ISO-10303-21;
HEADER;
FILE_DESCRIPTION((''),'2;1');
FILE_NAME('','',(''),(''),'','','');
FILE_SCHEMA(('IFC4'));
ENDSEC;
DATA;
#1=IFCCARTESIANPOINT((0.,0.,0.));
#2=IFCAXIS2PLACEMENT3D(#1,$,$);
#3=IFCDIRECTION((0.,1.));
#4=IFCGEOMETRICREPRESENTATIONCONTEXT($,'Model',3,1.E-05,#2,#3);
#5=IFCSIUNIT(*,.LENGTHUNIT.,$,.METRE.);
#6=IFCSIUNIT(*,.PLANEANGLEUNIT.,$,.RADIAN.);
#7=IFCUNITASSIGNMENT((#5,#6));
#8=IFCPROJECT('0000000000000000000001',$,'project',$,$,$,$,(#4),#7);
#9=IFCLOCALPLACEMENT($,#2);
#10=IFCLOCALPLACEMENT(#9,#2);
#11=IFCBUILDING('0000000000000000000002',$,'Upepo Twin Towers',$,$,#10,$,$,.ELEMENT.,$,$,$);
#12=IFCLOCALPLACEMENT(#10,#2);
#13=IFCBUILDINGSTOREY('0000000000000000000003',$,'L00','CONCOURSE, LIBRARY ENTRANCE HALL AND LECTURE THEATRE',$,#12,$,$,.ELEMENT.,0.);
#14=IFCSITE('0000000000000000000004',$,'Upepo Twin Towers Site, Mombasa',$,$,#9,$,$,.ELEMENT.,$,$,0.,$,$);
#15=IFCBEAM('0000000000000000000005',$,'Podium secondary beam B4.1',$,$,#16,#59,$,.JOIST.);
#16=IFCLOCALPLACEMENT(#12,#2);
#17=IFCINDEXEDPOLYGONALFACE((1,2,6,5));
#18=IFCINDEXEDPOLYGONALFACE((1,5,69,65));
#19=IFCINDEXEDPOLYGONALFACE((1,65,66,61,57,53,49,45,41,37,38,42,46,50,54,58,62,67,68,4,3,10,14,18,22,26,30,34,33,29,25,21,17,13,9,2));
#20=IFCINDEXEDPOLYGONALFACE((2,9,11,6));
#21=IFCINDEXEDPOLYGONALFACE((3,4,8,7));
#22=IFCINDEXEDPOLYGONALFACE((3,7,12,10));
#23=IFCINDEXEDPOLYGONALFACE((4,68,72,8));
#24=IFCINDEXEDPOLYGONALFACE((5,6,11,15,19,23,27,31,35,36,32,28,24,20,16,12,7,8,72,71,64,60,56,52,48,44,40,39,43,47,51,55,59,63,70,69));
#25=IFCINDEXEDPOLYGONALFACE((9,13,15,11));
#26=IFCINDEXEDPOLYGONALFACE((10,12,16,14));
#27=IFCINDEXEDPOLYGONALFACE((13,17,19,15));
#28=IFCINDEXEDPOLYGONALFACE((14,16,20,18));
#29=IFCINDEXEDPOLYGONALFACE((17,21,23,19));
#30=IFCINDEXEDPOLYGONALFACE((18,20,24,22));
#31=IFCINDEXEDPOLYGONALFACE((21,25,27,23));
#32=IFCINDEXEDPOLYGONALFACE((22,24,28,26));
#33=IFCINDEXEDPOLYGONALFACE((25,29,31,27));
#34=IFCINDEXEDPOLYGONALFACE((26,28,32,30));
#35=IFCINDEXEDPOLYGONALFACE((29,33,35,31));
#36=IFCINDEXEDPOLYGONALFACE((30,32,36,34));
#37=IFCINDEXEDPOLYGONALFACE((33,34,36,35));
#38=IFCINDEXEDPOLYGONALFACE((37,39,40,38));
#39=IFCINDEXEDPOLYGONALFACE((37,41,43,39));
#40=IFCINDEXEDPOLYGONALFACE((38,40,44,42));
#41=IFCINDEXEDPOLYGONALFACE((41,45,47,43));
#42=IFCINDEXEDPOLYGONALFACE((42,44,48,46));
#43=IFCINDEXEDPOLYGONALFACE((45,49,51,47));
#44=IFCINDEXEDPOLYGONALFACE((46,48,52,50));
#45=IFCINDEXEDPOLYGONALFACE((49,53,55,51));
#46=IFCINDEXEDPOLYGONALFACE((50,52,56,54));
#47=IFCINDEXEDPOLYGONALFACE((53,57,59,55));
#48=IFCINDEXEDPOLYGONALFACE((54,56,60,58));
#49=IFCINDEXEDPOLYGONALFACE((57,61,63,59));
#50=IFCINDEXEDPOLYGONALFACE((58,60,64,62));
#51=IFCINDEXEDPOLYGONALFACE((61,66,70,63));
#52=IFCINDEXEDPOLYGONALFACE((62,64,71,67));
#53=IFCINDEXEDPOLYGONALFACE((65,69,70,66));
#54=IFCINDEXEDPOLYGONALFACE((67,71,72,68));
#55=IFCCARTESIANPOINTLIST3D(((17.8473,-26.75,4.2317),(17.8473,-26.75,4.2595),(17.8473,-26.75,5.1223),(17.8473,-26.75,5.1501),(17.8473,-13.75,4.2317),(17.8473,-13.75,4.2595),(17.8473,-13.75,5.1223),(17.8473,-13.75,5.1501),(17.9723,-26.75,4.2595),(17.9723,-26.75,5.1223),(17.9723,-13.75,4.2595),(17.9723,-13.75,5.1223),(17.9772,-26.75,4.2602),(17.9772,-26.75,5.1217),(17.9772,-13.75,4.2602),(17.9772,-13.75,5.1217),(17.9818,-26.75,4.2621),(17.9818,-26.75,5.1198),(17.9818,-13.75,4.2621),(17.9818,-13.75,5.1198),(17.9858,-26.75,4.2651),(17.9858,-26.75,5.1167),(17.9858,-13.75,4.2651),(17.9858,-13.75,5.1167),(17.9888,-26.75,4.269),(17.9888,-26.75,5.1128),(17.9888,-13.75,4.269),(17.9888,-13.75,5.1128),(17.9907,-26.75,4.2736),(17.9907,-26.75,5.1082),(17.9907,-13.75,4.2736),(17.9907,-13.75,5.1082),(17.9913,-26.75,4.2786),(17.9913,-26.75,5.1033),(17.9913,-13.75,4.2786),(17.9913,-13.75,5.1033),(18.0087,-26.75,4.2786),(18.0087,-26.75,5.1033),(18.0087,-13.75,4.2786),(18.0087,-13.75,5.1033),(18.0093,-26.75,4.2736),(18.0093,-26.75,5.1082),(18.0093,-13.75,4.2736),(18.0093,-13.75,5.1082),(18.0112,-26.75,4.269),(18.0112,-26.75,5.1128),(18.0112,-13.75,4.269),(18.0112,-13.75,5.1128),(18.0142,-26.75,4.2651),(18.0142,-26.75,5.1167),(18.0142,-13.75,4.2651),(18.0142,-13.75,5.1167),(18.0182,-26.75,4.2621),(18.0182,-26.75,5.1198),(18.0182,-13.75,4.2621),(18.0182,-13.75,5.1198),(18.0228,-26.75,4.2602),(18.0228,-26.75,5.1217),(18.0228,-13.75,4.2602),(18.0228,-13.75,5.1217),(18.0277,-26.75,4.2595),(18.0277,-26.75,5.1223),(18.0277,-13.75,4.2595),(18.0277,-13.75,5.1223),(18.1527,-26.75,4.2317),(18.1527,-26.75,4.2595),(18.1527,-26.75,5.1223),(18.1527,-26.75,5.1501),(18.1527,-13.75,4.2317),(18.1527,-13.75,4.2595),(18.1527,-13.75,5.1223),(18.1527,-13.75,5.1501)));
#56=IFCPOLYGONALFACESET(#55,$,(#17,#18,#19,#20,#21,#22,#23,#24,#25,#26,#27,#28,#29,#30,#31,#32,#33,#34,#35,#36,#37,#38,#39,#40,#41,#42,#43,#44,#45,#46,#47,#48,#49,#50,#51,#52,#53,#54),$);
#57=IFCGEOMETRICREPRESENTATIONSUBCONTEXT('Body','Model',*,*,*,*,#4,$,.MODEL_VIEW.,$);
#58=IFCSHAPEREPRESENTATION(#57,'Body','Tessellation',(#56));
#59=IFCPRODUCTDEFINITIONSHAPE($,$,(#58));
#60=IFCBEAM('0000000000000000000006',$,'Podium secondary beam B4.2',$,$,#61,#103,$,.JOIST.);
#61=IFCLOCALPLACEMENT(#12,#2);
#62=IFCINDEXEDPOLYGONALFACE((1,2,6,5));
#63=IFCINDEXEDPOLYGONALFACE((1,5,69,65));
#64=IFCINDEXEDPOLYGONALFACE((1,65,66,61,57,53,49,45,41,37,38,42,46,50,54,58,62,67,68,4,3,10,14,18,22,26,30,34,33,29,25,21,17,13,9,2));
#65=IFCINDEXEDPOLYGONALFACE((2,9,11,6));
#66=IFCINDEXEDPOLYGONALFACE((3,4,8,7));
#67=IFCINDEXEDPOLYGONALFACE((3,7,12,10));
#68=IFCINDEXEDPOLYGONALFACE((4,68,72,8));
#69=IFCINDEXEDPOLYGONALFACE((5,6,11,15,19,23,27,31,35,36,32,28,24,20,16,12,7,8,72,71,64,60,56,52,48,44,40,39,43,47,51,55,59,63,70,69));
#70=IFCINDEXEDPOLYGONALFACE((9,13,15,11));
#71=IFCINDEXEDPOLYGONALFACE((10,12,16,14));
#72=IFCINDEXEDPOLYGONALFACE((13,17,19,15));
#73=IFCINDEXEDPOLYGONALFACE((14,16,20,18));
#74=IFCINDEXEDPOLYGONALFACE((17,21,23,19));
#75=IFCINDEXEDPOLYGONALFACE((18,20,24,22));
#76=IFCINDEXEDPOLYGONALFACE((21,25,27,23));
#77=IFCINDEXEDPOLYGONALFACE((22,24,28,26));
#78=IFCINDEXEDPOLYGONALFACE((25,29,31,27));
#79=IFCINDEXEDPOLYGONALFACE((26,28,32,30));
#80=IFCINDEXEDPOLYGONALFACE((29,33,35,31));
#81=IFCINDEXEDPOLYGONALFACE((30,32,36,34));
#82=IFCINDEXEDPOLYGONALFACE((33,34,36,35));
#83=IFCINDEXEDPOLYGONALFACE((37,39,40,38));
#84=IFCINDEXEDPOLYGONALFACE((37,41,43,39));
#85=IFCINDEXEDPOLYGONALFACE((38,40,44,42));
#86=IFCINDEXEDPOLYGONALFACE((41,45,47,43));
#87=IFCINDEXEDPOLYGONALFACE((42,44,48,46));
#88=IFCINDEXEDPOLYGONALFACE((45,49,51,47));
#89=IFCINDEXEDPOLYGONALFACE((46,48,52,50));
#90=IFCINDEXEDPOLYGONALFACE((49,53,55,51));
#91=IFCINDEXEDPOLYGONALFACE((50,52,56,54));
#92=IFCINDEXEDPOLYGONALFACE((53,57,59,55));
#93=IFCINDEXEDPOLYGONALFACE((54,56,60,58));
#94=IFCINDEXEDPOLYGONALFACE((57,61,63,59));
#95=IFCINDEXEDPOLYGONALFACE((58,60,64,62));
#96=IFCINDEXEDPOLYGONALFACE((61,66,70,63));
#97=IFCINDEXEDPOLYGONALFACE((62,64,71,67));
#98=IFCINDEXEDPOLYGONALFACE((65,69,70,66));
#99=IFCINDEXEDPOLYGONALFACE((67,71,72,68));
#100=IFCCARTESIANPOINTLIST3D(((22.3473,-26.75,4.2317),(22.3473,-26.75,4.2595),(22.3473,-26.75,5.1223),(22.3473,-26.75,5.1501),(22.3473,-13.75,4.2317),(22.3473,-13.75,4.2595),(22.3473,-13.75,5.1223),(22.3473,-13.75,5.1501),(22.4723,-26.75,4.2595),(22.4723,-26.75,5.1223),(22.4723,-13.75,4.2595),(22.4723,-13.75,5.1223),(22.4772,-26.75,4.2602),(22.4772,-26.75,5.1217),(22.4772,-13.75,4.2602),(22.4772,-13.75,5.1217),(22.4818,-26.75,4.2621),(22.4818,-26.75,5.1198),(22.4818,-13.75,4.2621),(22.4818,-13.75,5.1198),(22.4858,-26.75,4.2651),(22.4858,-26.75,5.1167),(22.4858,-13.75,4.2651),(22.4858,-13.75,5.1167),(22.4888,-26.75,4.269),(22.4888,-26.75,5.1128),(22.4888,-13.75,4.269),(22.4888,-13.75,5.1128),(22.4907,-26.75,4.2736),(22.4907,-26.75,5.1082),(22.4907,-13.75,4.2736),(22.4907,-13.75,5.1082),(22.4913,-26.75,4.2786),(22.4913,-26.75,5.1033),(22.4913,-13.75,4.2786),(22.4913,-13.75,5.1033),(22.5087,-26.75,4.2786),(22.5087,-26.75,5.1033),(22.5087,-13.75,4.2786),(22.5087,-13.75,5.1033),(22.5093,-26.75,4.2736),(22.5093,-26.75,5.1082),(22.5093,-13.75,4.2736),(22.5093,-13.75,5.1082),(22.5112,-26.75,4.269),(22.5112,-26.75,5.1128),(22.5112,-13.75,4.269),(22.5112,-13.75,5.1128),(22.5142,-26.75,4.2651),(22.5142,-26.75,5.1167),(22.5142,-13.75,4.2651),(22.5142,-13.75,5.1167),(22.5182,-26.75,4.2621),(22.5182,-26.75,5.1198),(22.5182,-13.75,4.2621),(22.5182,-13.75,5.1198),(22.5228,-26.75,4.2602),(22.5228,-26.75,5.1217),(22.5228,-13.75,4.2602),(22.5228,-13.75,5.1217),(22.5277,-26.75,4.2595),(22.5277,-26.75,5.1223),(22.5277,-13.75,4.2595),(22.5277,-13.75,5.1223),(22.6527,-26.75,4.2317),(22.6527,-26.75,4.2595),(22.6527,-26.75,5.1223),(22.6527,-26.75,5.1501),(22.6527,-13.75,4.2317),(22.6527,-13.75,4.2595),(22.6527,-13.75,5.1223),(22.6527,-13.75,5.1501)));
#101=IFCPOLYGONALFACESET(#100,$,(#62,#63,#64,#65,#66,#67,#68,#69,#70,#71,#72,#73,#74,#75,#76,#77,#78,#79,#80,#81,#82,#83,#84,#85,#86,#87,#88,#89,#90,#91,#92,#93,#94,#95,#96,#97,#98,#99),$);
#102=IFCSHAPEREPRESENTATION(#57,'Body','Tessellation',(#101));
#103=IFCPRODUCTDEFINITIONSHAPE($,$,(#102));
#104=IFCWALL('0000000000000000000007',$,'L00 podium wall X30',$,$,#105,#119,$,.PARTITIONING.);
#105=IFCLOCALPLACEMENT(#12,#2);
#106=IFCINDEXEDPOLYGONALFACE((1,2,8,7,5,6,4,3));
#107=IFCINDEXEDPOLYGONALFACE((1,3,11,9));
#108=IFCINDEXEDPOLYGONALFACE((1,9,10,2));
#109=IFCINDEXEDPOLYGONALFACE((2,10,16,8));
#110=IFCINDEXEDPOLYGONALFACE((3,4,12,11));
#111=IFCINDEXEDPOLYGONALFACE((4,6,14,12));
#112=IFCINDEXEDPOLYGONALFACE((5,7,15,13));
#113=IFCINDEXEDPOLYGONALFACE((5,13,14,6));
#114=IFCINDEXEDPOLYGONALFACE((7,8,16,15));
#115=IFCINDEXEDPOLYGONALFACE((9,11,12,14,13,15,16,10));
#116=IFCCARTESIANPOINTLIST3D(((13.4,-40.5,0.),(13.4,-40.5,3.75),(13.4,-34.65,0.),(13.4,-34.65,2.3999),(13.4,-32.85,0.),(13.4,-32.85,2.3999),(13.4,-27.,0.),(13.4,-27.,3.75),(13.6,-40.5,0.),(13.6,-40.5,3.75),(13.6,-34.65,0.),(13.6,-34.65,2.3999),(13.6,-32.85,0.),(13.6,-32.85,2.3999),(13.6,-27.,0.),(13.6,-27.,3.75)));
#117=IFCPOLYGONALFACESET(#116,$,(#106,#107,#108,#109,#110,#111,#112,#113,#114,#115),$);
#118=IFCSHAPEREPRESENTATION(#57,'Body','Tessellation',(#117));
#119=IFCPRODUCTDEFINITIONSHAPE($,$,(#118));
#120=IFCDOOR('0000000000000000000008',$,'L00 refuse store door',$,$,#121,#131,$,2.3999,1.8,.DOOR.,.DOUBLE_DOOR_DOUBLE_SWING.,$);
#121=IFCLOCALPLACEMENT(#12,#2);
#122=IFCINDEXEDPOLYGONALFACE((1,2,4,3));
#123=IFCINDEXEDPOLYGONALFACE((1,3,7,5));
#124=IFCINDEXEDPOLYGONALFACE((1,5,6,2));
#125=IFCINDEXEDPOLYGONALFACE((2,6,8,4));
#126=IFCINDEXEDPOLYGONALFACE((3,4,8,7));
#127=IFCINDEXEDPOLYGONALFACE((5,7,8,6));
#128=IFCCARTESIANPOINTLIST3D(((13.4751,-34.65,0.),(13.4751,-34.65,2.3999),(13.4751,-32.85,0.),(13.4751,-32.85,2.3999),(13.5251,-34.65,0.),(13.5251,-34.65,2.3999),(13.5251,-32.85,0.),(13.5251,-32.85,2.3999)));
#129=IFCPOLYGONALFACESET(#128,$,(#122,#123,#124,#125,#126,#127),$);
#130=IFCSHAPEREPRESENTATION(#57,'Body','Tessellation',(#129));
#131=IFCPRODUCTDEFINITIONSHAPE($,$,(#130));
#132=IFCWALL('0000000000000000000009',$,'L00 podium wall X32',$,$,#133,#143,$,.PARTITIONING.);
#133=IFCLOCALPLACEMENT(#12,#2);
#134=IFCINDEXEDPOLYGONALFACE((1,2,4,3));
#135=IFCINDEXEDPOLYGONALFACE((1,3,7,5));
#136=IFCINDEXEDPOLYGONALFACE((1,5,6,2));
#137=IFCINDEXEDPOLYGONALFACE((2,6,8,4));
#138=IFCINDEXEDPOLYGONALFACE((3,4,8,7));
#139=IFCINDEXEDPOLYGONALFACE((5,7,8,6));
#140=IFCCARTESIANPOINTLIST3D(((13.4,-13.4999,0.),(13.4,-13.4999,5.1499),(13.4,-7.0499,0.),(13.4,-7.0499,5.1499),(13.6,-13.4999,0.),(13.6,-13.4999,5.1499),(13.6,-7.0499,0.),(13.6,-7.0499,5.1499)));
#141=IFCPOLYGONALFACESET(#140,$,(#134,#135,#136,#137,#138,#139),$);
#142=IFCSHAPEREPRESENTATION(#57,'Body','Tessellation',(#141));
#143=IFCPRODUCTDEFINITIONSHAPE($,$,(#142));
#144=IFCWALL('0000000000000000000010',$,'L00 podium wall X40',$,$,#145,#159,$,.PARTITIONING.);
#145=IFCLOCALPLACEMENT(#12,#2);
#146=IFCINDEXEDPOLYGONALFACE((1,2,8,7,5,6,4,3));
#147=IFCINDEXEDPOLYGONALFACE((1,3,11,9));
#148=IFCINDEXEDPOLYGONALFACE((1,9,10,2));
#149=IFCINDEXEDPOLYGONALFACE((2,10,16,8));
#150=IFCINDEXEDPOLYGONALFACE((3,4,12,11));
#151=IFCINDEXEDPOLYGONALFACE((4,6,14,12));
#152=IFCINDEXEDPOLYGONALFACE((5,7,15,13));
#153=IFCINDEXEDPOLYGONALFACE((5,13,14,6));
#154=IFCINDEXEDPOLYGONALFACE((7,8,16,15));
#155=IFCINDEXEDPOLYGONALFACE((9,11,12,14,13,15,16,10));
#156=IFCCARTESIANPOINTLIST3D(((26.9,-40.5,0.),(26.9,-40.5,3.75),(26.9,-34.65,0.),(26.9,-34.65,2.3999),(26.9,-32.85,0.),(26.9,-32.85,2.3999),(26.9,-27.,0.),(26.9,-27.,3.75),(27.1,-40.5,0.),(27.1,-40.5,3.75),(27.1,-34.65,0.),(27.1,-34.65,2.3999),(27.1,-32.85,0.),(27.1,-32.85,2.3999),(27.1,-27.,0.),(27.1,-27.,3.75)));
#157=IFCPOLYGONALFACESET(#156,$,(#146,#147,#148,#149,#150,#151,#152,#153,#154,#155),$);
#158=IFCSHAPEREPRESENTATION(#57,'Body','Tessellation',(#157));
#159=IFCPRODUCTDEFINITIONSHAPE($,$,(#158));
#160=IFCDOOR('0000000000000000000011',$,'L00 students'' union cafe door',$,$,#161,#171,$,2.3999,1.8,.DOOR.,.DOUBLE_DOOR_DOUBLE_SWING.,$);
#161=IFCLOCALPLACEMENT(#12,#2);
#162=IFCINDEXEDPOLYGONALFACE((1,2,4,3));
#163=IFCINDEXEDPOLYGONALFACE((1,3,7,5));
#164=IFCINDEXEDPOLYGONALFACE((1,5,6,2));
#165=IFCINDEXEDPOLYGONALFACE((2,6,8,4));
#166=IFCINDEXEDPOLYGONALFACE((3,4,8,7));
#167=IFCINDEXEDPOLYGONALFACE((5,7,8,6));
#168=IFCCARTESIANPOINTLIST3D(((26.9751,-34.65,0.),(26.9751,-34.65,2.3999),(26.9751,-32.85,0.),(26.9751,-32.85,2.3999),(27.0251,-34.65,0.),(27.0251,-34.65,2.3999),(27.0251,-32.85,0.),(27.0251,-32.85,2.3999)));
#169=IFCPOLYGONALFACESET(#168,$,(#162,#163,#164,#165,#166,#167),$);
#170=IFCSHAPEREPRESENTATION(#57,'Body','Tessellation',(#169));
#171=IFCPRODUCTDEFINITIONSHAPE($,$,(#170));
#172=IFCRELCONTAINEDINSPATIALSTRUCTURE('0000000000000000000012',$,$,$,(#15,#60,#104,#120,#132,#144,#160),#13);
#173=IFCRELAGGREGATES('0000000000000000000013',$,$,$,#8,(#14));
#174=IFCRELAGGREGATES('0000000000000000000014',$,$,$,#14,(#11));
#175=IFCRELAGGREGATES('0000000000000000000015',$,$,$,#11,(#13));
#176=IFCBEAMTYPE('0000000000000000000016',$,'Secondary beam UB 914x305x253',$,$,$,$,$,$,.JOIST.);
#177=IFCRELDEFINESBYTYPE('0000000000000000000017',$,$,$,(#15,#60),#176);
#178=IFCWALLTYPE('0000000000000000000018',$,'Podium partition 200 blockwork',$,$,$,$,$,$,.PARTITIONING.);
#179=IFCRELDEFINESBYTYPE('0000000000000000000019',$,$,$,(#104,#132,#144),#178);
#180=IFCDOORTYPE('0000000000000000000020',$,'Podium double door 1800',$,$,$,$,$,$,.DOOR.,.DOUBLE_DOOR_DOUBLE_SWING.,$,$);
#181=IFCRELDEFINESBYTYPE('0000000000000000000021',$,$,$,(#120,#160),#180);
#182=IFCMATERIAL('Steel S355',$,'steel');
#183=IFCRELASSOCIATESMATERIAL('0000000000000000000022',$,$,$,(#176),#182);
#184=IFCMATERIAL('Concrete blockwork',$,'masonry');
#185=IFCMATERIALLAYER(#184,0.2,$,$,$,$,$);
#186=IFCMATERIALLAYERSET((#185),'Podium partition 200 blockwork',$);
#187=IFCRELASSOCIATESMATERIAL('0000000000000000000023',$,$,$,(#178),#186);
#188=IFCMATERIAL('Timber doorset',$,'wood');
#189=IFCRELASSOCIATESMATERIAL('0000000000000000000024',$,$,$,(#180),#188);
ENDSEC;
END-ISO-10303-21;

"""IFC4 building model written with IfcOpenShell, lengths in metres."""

from ifc_helpers import new_model, si_unit, direction, frame, frame_2d, origin, origin_2d, place, context, subcontext, project, spatial, rectangle, i_section, extrude, material, layer, layer_set, material_profile, profile_set, type_object, element, fill, save


model = new_model("IFC4")

# Units and contexts
model_context = context("Model", 3, precision=1e-05, world=origin(), true_north=direction((0.0, 1.0)))
body_context = subcontext(model_context, "Body", "Model", "MODEL_VIEW")
ifc_project = project(units=[si_unit("LENGTHUNIT", "METRE"), si_unit("PLANEANGLEUNIT", "RADIAN")], contexts=[model_context])

# Site, building, storey
site_placement = place(None, origin())
site = spatial("IfcSite", under=ifc_project, at=site_placement, Name="Upepo Twin Towers Site, Mombasa", CompositionType="ELEMENT", RefElevation=0.0)
building_placement = place(site_placement, origin())
building = spatial("IfcBuilding", under=site, at=building_placement, Name="Upepo Twin Towers", CompositionType="ELEMENT")
storey_placement = place(building_placement, origin())
storey = spatial("IfcBuildingStorey", under=building, at=storey_placement, Name="L00", Description="CONCOURSE, LIBRARY ENTRANCE HALL AND LECTURE THEATRE", CompositionType="ELEMENT", Elevation=0.0)

# Beams
ifc_material_1 = material(Name="Steel S355", Category="steel")
ifc_material_profile_1 = material_profile(ifc_material_1, i_section(OverallWidth=0.3054, OverallDepth=0.9185, WebThickness=0.0173, FlangeThickness=0.0278, FilletRadius=0.019, at=origin_2d()), Name="UB 914x305x253")
ifc_profile_set_1 = profile_set([ifc_material_profile_1], Name="Steel S355")
beam_type_1 = type_object("IfcBeamType", Name="Secondary beam UB 914x305x253", PredefinedType="JOIST", material=ifc_profile_set_1)
for number, where, z_axis, x_axis, name in (
    (1, (18.0, -26.75, 4.6909), (0.0, 1.0, 0.0), (-1.0, 0.0, 0.0), "Podium secondary beam B4.1"),
    (2, (22.5, -26.75, 4.6909), (0.0, 1.0, 0.0), (-1.0, 0.0, 0.0), "Podium secondary beam B4.2"),
):
    element("IfcBeam", number, at=place(storey_placement, frame(where, z_axis=z_axis, x_axis=x_axis)), inside=storey, type_object=beam_type_1, Name=name, PredefinedType="JOIST", context=body_context, shape_type="SweptSolid", body=[
        extrude(i_section(OverallWidth=0.3054, OverallDepth=0.9185, WebThickness=0.0173, FlangeThickness=0.0278, FilletRadius=0.019, at=origin_2d()), origin(), (0.0, 0.0, 1.0), 13.0),
    ])

# Wall, opening, door
ifc_material_2 = material(Name="Concrete blockwork", Category="masonry")
ifc_layer = layer(ifc_material_2, 0.2)
ifc_layer_set = layer_set([ifc_layer], Name="Podium partition 200 blockwork")
wall_type = type_object("IfcWallType", Name="Podium partition 200 blockwork", PredefinedType="PARTITIONING", material=ifc_layer_set)
wall_1_placement = place(storey_placement, frame((13.5, -40.5, 0.0), z_axis=(0.0, 0.0, 1.0), x_axis=(0.0, 1.0, 0.0)))
wall_1 = element("IfcWall", 3, at=wall_1_placement, inside=storey, type_object=wall_type, Name="L00 podium wall X30", PredefinedType="PARTITIONING", context=body_context, shape_type="SweptSolid", body=[
    extrude(rectangle(XDim=13.5, YDim=0.2, at=frame_2d((6.75, 0.0))), origin(), (0.0, 0.0, 1.0), 3.75),
])
opening_1_placement = place(wall_1_placement, frame((5.8501, 0.0, 0.0)))
opening_1 = element("IfcOpeningElement", 4, at=opening_1_placement, cuts=wall_1, PredefinedType="OPENING", context=body_context, shape_type="SweptSolid", body=[
    extrude(rectangle(XDim=1.8, YDim=2.3999, at=frame_2d((0.8999, 1.2))), frame((0.0, 0.1099, 0.0), z_axis=(0.0, -1.0, 0.0), x_axis=(1.0, 0.0, 0.0)), (0.0, 0.0, 1.0), 0.22),
])
ifc_material_3 = material(Name="Timber doorset", Category="wood")
door_type = type_object("IfcDoorType", Name="Podium double door 1800", OperationType="DOUBLE_DOOR_DOUBLE_SWING", PredefinedType="DOOR", material=ifc_material_3)
door_1_placement = place(opening_1_placement, origin())
door_1 = element("IfcDoor", 5, at=door_1_placement, inside=storey, type_object=door_type, Name="L00 refuse store door", OperationType="DOUBLE_DOOR_DOUBLE_SWING", OverallHeight=2.3999, OverallWidth=1.8, PredefinedType="DOOR", context=body_context, shape_type="SweptSolid", body=[
    extrude(rectangle(XDim=1.8, YDim=2.3999, at=frame_2d((0.8999, 1.2))), frame((0.0, 0.0249, 0.0), z_axis=(0.0, -1.0, 0.0), x_axis=(1.0, 0.0, 0.0)), (0.0, 0.0, 1.0), 0.05),
])
fill(opening_1, door_1)

# Wall
wall_2_placement = place(storey_placement, frame((13.5, -13.5, 0.0), z_axis=(0.0, 0.0, 1.0), x_axis=(0.0, 1.0, 0.0)))
element("IfcWall", 6, at=wall_2_placement, inside=storey, type_object=wall_type, Name="L00 podium wall X32", PredefinedType="PARTITIONING", context=body_context, shape_type="SweptSolid", body=[
    extrude(rectangle(XDim=6.45, YDim=0.2, at=frame_2d((3.2251, 0.0))), origin(), (0.0, 0.0, 1.0), 5.1499),
])

# Wall, opening, door
wall_3_placement = place(storey_placement, frame((27.0, -40.5, 0.0), z_axis=(0.0, 0.0, 1.0), x_axis=(0.0, 1.0, 0.0)))
wall_3 = element("IfcWall", 7, at=wall_3_placement, inside=storey, type_object=wall_type, Name="L00 podium wall X40", PredefinedType="PARTITIONING", context=body_context, shape_type="SweptSolid", body=[
    extrude(rectangle(XDim=13.5, YDim=0.2, at=frame_2d((6.75, 0.0))), origin(), (0.0, 0.0, 1.0), 3.75),
])
opening_2_placement = place(wall_3_placement, frame((5.8501, 0.0, 0.0)))
opening_2 = element("IfcOpeningElement", 8, at=opening_2_placement, cuts=wall_3, PredefinedType="OPENING", context=body_context, shape_type="SweptSolid", body=[
    extrude(rectangle(XDim=1.8, YDim=2.3999, at=frame_2d((0.8999, 1.2))), frame((0.0, 0.1099, 0.0), z_axis=(0.0, -1.0, 0.0), x_axis=(1.0, 0.0, 0.0)), (0.0, 0.0, 1.0), 0.22),
])
door_2_placement = place(opening_2_placement, origin())
door_2 = element("IfcDoor", 9, at=door_2_placement, inside=storey, type_object=door_type, Name="L00 students' union cafe door", OperationType="DOUBLE_DOOR_DOUBLE_SWING", OverallHeight=2.3999, OverallWidth=1.8, PredefinedType="DOOR", context=body_context, shape_type="SweptSolid", body=[
    extrude(rectangle(XDim=1.8, YDim=2.3999, at=frame_2d((0.8999, 1.2))), frame((0.0, 0.0249, 0.0), z_axis=(0.0, -1.0, 0.0), x_axis=(1.0, 0.0, 0.0)), (0.0, 0.0, 1.0), 0.05),
])
fill(opening_2, door_2)

save(model, "model.ifc")
